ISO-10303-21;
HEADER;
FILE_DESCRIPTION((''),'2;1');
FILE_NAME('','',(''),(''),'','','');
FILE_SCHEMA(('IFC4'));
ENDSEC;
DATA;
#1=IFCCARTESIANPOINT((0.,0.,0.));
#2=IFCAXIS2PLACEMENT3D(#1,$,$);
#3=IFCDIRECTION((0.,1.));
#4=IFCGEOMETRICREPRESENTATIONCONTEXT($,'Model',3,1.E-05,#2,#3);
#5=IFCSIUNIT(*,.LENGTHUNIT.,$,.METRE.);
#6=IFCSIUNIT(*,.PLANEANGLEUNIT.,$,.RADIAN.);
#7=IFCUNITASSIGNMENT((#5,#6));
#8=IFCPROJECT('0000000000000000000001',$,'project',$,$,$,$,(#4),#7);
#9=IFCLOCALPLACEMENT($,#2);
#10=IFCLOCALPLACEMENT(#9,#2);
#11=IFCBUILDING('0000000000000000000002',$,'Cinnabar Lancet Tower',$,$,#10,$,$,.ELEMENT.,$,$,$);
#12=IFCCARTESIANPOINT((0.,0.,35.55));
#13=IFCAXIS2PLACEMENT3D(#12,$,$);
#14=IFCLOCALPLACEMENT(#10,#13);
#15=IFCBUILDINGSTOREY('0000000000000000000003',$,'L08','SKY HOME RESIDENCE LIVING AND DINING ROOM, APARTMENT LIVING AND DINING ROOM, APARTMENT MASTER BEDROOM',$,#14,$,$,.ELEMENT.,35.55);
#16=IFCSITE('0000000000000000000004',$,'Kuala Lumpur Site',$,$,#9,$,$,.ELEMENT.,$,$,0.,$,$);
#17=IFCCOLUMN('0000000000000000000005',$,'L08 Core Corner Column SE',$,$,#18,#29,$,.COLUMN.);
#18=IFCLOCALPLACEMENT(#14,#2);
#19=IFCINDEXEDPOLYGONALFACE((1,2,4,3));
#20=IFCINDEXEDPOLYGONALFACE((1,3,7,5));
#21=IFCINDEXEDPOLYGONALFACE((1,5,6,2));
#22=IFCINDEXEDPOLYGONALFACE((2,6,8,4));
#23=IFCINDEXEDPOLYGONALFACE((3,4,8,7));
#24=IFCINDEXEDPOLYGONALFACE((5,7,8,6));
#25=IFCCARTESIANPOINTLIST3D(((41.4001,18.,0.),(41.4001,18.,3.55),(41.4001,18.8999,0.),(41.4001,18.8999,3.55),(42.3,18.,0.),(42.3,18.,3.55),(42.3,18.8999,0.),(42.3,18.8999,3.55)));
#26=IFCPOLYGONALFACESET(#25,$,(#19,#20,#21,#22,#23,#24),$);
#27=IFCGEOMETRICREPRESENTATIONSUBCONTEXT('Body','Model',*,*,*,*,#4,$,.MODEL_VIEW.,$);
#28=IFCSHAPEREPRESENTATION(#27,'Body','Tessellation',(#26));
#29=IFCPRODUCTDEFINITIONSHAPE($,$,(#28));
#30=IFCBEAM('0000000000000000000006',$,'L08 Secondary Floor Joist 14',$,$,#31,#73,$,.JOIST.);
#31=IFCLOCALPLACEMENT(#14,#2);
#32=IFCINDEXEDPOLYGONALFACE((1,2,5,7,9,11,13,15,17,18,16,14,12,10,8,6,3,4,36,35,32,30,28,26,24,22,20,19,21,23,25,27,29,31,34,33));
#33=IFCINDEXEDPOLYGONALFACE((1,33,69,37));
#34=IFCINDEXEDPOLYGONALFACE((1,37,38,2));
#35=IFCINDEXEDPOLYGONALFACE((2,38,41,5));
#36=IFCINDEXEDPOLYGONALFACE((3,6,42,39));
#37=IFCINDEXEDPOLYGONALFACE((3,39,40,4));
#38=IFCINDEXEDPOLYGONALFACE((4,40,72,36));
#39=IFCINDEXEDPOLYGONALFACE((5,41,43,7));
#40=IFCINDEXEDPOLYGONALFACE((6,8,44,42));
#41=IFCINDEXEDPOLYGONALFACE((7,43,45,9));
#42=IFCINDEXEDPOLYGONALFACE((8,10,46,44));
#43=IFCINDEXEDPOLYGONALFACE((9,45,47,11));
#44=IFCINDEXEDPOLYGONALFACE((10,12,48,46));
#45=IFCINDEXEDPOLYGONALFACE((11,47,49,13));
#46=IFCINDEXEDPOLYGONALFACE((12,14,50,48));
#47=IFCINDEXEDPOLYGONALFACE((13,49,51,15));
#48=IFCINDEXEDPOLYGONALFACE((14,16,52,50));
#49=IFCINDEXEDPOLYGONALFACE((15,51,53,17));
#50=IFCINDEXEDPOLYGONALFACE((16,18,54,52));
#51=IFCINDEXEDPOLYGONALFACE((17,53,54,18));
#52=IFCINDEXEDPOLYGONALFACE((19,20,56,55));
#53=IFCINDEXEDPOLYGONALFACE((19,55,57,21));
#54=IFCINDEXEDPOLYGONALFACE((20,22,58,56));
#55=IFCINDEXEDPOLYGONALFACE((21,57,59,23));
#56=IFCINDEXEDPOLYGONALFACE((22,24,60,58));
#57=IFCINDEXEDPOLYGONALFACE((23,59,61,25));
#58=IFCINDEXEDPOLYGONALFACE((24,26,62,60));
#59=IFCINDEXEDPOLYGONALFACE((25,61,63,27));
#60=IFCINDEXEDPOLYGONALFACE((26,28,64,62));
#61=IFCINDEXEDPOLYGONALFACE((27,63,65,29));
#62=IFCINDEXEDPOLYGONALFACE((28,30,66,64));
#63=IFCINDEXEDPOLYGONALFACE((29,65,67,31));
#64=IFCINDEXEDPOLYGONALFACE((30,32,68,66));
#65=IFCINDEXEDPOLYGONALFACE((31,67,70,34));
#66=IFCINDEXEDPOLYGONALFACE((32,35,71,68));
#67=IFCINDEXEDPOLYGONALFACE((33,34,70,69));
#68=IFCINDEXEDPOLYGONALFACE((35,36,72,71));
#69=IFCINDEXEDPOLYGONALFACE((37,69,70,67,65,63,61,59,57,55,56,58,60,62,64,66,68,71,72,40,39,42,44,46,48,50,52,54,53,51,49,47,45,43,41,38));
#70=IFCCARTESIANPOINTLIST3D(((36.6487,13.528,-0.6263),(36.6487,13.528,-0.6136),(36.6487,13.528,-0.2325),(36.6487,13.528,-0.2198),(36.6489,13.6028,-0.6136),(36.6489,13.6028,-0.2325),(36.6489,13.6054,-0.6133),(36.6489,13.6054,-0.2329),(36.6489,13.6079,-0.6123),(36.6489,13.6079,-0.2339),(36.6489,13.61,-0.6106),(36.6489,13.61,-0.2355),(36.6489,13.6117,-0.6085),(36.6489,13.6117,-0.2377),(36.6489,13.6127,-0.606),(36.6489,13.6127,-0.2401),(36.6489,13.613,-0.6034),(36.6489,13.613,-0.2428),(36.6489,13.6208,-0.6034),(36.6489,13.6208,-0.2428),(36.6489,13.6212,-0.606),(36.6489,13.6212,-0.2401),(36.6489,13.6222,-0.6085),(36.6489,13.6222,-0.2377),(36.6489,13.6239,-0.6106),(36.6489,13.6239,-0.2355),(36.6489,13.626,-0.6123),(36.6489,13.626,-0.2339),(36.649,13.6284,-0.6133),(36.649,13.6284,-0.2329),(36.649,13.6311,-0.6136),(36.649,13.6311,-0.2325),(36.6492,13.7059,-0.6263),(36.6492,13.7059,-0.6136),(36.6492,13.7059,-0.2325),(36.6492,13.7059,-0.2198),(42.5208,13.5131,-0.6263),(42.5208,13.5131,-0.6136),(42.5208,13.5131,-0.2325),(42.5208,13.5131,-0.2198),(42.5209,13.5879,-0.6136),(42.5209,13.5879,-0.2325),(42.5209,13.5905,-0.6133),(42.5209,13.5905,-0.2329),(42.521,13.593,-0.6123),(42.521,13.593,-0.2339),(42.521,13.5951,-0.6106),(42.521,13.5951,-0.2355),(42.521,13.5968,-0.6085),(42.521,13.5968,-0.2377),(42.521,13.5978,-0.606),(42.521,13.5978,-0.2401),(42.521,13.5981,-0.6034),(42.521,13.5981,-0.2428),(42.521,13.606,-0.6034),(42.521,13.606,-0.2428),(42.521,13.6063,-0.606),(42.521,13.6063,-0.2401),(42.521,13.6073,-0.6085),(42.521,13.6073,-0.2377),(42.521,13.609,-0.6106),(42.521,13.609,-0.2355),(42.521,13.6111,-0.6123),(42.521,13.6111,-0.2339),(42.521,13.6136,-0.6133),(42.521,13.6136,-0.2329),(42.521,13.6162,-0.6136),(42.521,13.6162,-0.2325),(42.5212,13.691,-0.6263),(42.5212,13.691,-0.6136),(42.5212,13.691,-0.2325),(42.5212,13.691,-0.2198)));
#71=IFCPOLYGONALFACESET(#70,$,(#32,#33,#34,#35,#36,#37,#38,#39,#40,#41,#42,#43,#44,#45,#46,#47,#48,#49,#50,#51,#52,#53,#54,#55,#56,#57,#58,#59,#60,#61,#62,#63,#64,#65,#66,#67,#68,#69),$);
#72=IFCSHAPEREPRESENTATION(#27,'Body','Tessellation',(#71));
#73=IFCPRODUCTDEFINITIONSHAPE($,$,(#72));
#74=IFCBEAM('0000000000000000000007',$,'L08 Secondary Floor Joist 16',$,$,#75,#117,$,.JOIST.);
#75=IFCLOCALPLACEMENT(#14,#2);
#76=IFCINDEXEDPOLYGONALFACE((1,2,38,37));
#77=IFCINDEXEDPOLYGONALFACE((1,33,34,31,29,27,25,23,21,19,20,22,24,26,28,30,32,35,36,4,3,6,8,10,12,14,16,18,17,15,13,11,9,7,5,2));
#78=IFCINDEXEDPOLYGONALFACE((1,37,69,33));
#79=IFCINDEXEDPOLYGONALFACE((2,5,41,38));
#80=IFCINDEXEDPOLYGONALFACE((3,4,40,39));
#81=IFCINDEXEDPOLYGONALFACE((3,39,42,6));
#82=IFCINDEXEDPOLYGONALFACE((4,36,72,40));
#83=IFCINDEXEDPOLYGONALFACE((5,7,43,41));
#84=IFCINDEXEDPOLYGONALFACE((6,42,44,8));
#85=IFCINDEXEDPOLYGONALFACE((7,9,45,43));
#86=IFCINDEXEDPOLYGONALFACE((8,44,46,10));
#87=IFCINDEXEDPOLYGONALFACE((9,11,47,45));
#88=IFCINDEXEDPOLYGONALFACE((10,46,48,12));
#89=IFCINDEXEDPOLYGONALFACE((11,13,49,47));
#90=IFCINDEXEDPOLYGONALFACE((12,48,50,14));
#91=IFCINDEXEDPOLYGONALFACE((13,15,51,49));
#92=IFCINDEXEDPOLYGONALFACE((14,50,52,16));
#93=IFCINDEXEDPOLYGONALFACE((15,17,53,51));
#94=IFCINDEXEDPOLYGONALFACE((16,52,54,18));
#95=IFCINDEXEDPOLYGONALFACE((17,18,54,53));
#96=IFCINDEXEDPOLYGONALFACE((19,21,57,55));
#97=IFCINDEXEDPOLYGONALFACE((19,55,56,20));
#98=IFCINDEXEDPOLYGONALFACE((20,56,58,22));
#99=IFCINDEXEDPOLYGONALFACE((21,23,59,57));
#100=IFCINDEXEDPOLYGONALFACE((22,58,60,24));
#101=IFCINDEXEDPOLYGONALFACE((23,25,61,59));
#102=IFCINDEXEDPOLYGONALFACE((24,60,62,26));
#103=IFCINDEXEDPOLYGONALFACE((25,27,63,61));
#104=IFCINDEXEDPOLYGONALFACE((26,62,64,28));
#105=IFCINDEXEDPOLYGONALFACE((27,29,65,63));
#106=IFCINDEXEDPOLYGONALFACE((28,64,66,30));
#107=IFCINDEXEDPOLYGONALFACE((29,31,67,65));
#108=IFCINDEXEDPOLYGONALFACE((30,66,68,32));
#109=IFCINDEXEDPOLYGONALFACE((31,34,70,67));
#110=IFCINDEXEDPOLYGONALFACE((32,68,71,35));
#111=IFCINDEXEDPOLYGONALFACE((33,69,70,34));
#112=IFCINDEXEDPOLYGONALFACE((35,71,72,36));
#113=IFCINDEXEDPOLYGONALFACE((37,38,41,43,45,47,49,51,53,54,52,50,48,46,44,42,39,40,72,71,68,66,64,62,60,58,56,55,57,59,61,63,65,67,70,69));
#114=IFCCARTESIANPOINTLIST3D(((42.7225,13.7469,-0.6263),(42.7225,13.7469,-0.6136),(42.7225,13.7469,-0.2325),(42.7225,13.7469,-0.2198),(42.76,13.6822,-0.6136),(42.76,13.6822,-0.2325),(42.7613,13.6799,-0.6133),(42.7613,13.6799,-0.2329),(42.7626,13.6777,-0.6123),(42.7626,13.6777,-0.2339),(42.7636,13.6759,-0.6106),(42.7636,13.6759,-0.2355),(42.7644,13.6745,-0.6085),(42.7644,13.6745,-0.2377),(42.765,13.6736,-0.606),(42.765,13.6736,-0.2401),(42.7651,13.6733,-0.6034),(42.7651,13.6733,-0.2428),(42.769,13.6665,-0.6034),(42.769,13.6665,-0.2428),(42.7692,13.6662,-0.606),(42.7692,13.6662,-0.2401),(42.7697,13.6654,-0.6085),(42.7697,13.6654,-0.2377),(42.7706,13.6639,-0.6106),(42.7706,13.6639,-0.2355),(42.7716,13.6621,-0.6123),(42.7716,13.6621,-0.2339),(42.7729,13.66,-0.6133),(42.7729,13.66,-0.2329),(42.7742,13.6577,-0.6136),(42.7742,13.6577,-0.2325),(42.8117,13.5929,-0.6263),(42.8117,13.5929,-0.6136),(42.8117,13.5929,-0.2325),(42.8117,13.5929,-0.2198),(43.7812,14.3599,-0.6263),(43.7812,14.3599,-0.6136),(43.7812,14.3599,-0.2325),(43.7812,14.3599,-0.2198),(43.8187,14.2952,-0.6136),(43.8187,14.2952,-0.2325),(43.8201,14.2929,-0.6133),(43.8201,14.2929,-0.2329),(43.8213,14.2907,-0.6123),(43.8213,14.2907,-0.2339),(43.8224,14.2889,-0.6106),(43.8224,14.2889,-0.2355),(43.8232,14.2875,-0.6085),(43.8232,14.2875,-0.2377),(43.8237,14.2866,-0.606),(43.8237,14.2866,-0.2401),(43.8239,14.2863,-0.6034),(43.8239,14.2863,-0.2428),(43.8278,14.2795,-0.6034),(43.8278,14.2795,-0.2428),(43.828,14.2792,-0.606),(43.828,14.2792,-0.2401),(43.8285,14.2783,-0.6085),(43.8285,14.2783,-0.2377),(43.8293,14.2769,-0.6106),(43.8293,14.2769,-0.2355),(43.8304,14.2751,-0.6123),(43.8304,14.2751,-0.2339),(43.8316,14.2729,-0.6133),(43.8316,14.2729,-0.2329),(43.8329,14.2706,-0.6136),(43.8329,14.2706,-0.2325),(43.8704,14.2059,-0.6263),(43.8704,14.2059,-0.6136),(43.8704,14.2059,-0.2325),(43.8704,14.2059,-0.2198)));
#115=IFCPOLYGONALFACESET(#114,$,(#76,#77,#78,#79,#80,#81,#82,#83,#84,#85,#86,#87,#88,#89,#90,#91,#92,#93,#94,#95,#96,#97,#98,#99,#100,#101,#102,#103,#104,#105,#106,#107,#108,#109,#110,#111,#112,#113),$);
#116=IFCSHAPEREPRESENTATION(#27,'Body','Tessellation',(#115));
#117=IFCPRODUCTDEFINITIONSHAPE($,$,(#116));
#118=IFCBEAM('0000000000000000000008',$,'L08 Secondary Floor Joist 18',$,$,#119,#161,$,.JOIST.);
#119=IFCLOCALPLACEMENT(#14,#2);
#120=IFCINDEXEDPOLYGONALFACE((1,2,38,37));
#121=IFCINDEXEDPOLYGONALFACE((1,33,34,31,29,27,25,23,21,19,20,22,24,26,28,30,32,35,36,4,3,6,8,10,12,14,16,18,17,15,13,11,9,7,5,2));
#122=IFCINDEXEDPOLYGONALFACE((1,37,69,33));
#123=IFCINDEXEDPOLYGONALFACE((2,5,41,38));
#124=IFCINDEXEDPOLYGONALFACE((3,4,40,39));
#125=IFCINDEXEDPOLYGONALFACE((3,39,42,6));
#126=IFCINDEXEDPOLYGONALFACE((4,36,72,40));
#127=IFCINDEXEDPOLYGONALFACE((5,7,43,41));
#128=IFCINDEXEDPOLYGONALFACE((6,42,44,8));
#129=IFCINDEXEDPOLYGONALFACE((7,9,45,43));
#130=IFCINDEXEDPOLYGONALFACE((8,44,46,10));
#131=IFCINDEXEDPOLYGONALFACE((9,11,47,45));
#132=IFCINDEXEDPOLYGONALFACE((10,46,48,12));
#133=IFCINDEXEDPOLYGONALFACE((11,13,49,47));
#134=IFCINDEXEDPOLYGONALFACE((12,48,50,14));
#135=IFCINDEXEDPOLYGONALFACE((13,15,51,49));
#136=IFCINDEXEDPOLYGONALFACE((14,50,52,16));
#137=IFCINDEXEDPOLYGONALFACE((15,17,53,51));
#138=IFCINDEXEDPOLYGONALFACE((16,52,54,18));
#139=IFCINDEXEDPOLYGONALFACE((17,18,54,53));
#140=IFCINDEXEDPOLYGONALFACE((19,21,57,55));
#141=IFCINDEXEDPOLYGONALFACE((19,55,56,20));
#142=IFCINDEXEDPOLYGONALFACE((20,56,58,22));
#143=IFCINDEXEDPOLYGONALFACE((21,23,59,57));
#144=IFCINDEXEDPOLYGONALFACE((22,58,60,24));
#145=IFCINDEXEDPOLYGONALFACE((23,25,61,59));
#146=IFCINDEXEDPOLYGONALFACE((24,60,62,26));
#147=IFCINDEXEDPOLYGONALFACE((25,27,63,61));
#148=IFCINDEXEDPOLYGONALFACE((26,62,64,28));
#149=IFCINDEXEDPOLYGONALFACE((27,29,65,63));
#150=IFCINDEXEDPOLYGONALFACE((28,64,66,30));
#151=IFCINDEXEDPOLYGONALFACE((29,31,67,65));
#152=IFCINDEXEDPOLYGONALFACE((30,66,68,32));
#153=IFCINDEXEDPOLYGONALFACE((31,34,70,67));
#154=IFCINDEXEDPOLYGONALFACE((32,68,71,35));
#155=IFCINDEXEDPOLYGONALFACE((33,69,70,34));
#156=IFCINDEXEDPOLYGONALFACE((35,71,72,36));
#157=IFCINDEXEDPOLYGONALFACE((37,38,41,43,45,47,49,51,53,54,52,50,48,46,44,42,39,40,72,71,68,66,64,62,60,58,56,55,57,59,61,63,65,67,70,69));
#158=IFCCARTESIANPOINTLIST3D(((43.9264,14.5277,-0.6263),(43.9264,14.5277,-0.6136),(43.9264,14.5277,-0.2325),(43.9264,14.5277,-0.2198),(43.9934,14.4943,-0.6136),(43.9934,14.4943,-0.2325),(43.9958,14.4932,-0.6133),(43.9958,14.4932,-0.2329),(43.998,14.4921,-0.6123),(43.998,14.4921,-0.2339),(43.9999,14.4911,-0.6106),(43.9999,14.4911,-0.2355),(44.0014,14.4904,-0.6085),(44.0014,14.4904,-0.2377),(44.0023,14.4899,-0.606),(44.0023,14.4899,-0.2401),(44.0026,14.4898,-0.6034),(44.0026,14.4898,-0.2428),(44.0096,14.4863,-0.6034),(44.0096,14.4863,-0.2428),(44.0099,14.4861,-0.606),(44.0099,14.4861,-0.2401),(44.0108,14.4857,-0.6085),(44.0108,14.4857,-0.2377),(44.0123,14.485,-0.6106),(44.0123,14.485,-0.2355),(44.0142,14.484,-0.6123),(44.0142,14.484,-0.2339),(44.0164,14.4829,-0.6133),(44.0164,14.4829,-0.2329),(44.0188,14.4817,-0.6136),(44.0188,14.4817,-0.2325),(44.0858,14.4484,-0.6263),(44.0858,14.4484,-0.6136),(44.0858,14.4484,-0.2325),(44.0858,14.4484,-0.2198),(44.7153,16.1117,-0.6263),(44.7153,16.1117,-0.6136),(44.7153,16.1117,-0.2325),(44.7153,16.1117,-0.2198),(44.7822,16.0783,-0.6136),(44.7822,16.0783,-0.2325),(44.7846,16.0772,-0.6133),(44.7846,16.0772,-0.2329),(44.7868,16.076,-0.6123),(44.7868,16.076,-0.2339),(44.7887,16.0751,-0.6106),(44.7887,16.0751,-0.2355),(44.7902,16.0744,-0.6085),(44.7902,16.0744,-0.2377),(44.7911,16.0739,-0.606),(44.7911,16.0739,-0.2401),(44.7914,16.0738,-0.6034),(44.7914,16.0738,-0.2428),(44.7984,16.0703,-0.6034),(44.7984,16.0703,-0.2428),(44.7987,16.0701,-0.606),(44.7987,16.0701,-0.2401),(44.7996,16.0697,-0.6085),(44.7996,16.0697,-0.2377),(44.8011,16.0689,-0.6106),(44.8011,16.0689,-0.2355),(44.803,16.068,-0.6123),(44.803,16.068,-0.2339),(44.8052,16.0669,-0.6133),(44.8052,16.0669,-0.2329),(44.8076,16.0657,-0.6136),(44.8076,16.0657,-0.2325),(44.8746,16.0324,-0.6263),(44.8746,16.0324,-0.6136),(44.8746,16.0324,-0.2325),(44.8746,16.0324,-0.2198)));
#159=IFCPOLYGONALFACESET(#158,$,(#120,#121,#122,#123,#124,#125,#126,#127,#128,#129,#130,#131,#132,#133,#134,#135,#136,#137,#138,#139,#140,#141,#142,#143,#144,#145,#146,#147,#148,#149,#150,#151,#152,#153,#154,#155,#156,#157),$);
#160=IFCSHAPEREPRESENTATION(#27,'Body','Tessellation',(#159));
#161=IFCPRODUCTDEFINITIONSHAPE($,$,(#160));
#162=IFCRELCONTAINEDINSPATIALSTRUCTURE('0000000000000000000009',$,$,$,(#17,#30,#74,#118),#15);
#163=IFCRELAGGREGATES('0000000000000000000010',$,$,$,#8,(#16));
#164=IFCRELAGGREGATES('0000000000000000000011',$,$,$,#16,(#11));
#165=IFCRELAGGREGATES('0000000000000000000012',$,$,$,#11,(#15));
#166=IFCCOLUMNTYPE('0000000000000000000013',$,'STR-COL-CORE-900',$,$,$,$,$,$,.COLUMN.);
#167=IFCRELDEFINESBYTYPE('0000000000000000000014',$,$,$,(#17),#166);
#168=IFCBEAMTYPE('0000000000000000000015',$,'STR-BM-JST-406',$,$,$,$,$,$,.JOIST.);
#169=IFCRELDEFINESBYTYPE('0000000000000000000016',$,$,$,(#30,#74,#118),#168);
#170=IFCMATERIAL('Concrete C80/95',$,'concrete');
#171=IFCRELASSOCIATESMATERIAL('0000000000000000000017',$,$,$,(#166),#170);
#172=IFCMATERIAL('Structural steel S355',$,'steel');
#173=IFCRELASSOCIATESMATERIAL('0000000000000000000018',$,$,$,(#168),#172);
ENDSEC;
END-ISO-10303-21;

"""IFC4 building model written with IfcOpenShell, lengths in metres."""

from ifc_helpers import new_model, si_unit, direction, frame, origin, origin_2d, place, context, subcontext, project, spatial, rectangle, i_section, extrude, material, material_profile, profile_set, type_object, element, save


model = new_model("IFC4")

# Units and contexts
model_context = context("Model", 3, precision=1e-05, world=origin(), true_north=direction((0.0, 1.0)))
body_context = subcontext(model_context, "Body", "Model", "MODEL_VIEW")
ifc_project = project(units=[si_unit("LENGTHUNIT", "METRE"), si_unit("PLANEANGLEUNIT", "RADIAN")], contexts=[model_context])

# Site, building, storey
site_placement = place(None, origin())
site = spatial("IfcSite", under=ifc_project, at=site_placement, Name="Kuala Lumpur Site", CompositionType="ELEMENT", RefElevation=0.0)
building_placement = place(site_placement, origin())
building = spatial("IfcBuilding", under=site, at=building_placement, Name="Cinnabar Lancet Tower", CompositionType="ELEMENT")
storey_placement = place(building_placement, frame((0.0, 0.0, 35.55)))
storey = spatial("IfcBuildingStorey", under=building, at=storey_placement, Name="L08", Description="SKY HOME RESIDENCE LIVING AND DINING ROOM, APARTMENT LIVING AND DINING ROOM, APARTMENT MASTER BEDROOM", CompositionType="ELEMENT", Elevation=35.55)

# Column
ifc_material_1 = material(Name="Concrete C80/95", Category="concrete")
ifc_material_profile_1 = material_profile(ifc_material_1, rectangle(XDim=0.8999, YDim=0.8999, at=origin_2d()), Name="RC-COL 900x900")
ifc_profile_set_1 = profile_set([ifc_material_profile_1], Name="Concrete C80/95")
column_type = type_object("IfcColumnType", Name="STR-COL-CORE-900", PredefinedType="COLUMN", material=ifc_profile_set_1)
column_placement = place(storey_placement, frame((41.8501, 18.45, 0.0), z_axis=(0.0, 0.0, 1.0), x_axis=(1.0, 0.0, 0.0)))
element("IfcColumn", 1, at=column_placement, inside=storey, type_object=column_type, Name="L08 Core Corner Column SE", PredefinedType="COLUMN", context=body_context, shape_type="SweptSolid", body=[
    extrude(rectangle(XDim=0.8999, YDim=0.8999, at=origin_2d()), origin(), (0.0, 0.0, 1.0), 3.55),
])

# Beams
ifc_material_2 = material(Name="Structural steel S355", Category="steel")
ifc_material_profile_2 = material_profile(ifc_material_2, i_section(OverallWidth=0.178, OverallDepth=0.4065, WebThickness=0.0078, FlangeThickness=0.0127, FilletRadius=0.0103, at=origin_2d()), Name="UKB 406x178x60")
ifc_profile_set_2 = profile_set([ifc_material_profile_2], Name="Structural steel S355")
beam_type_1 = type_object("IfcBeamType", Name="STR-BM-JST-406", PredefinedType="JOIST", material=ifc_profile_set_2)
beam_1_placement = place(storey_placement, frame((36.6489, 13.6169, -0.4231), z_axis=(0.999997, -0.002536, 0.0), x_axis=(0.002536, 0.999997, 0.0)))
element("IfcBeam", 2, at=beam_1_placement, inside=storey, type_object=beam_type_1, Name="L08 Secondary Floor Joist 14", PredefinedType="JOIST", context=body_context, shape_type="SweptSolid", body=[
    extrude(i_section(OverallWidth=0.178, OverallDepth=0.4065, WebThickness=0.0078, FlangeThickness=0.0127, FilletRadius=0.0103, at=origin_2d()), origin(), (0.0, 0.0, 1.0), 5.8721),
])
beam_2_placement = place(storey_placement, frame((42.7671, 13.6699, -0.4231), z_axis=(0.865417, 0.501052, 0.0), x_axis=(-0.501052, 0.865417, 0.0)))
element("IfcBeam", 3, at=beam_2_placement, inside=storey, type_object=beam_type_1, Name="L08 Secondary Floor Joist 16", PredefinedType="JOIST", context=body_context, shape_type="SweptSolid", body=[
    extrude(i_section(OverallWidth=0.178, OverallDepth=0.4065, WebThickness=0.0078, FlangeThickness=0.0127, FilletRadius=0.0103, at=origin_2d()), origin(), (0.0, 0.0, 1.0), 1.2234),
])
beam_3_placement = place(storey_placement, frame((44.0061, 14.488, -0.4231), z_axis=(0.445778, 0.895143, 0.0), x_axis=(-0.895143, 0.445778, 0.0)))
element("IfcBeam", 4, at=beam_3_placement, inside=storey, type_object=beam_type_1, Name="L08 Secondary Floor Joist 18", PredefinedType="JOIST", context=body_context, shape_type="SweptSolid", body=[
    extrude(i_section(OverallWidth=0.178, OverallDepth=0.4065, WebThickness=0.0078, FlangeThickness=0.0127, FilletRadius=0.0103, at=origin_2d()), origin(), (0.0, 0.0, 1.0), 1.7695),
])

save(model, "model.ifc")
